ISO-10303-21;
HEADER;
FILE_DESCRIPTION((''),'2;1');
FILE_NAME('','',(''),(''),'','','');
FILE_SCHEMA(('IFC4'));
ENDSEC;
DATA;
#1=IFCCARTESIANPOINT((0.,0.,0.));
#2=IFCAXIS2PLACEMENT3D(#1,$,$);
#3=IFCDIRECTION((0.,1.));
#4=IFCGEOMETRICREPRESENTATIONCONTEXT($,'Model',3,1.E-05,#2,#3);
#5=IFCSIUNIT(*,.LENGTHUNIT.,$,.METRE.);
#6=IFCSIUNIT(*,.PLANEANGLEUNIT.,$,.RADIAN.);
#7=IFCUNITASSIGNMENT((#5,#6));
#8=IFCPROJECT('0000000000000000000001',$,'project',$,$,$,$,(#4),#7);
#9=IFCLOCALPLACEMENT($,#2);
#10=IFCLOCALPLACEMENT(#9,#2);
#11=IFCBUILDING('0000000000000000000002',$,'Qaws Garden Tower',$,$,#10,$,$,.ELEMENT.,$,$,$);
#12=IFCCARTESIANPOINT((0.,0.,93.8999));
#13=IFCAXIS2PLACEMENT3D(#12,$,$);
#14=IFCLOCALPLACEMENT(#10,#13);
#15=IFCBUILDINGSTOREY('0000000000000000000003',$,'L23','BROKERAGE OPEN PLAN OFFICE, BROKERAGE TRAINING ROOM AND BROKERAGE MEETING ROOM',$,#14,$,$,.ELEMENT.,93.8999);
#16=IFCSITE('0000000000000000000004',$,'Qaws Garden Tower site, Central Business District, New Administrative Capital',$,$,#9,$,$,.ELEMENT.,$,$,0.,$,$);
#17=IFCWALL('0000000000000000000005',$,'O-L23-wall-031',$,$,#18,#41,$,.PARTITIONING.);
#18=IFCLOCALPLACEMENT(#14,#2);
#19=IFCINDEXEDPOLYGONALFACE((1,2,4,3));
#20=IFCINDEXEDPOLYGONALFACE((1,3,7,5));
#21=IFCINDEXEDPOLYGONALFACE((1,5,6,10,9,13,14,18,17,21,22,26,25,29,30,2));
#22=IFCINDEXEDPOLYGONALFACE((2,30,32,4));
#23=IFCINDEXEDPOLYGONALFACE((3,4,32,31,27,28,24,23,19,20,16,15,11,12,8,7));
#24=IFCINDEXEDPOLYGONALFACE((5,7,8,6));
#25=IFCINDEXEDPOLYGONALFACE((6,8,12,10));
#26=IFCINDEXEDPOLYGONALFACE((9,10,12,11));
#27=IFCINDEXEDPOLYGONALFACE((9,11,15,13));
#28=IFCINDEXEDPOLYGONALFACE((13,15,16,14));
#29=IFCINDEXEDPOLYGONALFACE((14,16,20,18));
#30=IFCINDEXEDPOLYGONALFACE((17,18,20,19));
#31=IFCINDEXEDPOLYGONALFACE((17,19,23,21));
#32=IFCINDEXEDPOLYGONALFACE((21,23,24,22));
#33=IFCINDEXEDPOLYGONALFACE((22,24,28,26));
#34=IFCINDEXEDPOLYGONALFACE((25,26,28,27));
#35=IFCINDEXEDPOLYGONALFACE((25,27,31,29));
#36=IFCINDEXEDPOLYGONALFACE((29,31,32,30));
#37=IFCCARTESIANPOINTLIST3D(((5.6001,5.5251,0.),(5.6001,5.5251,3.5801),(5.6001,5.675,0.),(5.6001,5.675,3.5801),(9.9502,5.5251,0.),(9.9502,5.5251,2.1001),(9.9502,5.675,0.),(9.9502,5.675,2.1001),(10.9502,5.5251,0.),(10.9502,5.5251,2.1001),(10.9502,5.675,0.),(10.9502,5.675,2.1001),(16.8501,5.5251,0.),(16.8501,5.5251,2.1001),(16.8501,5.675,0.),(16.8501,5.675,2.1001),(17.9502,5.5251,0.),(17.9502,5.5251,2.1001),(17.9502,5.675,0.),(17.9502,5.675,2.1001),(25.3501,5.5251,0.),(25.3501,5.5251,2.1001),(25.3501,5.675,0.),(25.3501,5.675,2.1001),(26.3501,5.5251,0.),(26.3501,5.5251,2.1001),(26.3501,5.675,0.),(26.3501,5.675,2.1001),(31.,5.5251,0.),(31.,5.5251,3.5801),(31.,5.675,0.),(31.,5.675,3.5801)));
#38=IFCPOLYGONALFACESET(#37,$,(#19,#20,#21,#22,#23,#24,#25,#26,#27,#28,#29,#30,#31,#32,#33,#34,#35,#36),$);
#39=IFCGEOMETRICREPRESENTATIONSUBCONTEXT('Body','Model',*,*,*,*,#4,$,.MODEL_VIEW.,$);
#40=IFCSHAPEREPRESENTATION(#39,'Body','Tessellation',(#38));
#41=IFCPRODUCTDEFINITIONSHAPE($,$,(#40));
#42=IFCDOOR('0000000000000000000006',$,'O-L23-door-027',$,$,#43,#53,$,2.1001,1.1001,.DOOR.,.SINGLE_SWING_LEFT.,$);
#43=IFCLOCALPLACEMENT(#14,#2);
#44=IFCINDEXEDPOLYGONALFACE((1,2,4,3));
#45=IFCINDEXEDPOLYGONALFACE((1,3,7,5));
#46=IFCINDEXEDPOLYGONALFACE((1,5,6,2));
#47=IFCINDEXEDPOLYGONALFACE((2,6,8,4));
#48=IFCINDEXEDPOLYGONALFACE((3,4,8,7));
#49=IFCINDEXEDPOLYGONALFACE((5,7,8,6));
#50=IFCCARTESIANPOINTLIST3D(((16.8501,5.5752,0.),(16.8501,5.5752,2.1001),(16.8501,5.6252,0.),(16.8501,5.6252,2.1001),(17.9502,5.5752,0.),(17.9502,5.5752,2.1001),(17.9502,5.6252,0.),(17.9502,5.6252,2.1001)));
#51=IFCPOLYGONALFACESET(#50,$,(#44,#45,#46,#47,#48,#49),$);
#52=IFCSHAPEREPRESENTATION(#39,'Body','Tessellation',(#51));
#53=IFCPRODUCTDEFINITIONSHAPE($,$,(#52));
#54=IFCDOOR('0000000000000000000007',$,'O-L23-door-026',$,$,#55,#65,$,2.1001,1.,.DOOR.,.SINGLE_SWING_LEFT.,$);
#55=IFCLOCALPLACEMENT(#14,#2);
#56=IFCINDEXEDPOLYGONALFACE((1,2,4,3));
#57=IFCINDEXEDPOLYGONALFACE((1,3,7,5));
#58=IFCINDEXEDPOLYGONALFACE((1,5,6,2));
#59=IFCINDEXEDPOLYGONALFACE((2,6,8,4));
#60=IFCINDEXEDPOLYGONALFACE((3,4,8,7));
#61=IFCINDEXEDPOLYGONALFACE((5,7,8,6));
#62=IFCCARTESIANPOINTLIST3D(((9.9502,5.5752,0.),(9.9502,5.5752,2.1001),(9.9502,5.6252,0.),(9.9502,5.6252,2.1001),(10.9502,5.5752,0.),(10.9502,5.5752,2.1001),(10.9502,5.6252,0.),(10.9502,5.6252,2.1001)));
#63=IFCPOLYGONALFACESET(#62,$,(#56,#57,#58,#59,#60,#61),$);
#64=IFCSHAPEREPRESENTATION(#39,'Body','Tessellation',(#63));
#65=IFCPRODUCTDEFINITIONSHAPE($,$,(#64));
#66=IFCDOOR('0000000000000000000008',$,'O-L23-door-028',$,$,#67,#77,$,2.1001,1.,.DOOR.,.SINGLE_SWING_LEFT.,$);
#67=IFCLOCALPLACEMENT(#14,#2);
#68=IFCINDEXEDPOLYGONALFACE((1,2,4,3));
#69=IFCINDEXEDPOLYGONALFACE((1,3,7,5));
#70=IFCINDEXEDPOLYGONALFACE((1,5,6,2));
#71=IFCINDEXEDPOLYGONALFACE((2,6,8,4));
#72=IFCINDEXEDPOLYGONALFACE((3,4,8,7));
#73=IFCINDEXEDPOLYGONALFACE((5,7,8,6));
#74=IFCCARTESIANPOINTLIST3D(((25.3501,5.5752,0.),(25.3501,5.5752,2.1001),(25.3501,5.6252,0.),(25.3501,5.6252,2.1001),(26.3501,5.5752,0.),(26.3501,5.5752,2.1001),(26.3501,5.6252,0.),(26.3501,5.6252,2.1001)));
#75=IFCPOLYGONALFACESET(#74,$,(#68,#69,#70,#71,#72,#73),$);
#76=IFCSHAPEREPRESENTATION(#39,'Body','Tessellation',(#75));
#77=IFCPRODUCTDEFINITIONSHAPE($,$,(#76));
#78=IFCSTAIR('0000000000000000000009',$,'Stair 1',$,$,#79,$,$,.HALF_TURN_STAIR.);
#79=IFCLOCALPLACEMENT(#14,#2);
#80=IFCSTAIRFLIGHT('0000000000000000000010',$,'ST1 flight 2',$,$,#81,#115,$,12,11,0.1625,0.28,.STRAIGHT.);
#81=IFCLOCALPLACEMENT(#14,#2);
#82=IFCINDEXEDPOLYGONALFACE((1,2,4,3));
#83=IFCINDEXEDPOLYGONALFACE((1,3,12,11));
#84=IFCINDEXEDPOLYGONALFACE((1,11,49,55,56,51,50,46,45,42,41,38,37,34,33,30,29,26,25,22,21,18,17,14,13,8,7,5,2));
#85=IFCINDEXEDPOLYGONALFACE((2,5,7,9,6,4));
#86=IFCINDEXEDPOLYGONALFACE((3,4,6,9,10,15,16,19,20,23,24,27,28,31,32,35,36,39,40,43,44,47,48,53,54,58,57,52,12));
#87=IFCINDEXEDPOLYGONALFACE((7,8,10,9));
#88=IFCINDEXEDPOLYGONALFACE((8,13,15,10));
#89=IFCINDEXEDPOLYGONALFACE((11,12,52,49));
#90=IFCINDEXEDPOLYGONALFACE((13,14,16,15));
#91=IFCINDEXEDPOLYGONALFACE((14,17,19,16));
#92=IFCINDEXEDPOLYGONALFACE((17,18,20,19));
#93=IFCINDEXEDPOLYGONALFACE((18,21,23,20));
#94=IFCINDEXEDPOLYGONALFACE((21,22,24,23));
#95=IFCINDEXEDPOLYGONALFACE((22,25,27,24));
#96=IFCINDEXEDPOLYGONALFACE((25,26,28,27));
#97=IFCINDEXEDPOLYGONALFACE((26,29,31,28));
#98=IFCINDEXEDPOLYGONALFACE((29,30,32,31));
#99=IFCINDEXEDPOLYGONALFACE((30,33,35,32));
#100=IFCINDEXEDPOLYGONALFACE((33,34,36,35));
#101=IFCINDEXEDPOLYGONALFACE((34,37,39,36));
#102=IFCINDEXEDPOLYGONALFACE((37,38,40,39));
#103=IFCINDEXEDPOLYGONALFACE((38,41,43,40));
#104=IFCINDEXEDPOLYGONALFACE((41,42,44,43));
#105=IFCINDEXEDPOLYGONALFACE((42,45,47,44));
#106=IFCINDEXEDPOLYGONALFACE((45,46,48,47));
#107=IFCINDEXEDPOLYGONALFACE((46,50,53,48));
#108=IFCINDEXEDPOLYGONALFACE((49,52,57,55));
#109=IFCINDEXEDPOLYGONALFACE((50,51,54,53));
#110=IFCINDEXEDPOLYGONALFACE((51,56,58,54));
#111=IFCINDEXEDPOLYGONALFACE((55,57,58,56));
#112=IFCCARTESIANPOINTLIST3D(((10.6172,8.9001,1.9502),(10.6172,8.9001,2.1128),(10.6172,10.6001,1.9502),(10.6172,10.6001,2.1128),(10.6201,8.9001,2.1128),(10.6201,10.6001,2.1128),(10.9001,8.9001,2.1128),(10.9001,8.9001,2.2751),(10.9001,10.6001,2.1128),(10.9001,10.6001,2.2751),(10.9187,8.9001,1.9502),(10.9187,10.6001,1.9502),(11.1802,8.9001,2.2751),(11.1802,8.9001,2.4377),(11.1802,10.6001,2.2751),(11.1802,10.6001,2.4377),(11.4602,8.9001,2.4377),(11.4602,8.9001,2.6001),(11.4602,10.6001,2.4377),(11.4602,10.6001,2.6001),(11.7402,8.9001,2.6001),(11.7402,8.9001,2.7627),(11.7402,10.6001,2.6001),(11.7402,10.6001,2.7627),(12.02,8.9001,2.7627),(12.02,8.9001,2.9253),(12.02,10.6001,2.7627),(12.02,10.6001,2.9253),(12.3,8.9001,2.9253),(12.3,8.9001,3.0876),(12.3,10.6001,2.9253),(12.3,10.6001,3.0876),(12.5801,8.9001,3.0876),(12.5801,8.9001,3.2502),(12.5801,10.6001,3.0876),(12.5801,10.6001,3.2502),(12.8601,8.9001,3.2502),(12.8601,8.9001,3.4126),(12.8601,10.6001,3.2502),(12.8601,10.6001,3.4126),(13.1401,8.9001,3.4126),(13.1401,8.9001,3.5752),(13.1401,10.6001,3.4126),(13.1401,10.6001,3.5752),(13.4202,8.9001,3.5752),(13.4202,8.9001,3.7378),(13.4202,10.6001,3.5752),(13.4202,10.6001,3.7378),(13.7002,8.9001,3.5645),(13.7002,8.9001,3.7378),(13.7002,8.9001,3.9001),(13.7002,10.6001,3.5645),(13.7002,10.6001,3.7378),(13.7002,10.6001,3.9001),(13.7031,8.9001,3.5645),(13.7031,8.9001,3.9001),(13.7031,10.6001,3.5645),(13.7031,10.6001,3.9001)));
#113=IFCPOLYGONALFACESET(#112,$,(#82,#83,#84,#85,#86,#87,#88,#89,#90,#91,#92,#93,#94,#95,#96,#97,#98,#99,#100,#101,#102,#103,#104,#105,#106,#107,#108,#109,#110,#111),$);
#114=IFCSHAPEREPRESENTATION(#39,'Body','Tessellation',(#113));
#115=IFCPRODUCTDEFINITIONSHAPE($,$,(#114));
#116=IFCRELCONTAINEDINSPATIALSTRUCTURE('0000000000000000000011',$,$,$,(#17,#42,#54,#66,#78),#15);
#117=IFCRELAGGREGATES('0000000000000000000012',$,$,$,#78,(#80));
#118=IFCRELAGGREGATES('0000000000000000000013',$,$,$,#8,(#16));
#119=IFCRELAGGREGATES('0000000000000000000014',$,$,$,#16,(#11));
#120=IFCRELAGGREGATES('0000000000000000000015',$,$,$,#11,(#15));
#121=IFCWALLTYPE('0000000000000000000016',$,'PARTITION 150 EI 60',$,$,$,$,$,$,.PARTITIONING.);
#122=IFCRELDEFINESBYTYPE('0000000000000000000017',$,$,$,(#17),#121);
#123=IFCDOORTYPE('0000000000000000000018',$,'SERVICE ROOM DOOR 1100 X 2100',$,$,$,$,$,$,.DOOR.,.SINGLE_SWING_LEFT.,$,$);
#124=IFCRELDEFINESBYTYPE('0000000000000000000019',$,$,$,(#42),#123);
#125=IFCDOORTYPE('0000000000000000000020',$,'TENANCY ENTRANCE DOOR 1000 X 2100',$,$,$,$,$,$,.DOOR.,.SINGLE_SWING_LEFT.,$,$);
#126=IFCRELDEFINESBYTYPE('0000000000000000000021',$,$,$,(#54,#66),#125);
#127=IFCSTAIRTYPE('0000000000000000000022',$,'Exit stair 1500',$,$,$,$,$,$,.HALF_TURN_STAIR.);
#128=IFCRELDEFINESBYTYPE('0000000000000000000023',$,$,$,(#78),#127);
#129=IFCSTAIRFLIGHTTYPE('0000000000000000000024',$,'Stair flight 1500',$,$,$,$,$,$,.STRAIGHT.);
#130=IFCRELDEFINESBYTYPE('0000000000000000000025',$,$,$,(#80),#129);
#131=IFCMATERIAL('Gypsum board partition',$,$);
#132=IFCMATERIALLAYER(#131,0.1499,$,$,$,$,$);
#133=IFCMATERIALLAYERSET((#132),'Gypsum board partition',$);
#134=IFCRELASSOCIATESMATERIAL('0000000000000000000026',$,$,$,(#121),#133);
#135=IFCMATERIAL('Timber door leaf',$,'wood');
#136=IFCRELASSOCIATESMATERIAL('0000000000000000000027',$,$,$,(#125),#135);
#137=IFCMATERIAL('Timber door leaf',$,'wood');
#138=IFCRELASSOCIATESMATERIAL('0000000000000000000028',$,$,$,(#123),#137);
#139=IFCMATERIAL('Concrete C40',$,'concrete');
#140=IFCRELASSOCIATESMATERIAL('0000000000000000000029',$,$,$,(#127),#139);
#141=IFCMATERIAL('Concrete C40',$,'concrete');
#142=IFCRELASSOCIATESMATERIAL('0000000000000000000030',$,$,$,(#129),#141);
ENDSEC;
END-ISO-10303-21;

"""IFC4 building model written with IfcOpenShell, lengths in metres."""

from ifc_helpers import new_model, si_unit, direction, frame, frame_2d, origin, place, context, subcontext, project, spatial, polyline, rectangle, outline, extrude, material, layer, layer_set, type_object, element, fill, aggregate, save


model = new_model("IFC4")

# Units and contexts
model_context = context("Model", 3, precision=1e-05, world=origin(), true_north=direction((0.0, 1.0)))
body_context = subcontext(model_context, "Body", "Model", "MODEL_VIEW")
ifc_project = project(units=[si_unit("LENGTHUNIT", "METRE"), si_unit("PLANEANGLEUNIT", "RADIAN")], contexts=[model_context])

# Site, building, storey
site_placement = place(None, origin())
site = spatial("IfcSite", under=ifc_project, at=site_placement, Name="Qaws Garden Tower site, Central Business District, New Administrative Capital", CompositionType="ELEMENT", RefElevation=0.0)
building_placement = place(site_placement, origin())
building = spatial("IfcBuilding", under=site, at=building_placement, Name="Qaws Garden Tower", CompositionType="ELEMENT")
storey_placement = place(building_placement, frame((0.0, 0.0, 93.8999)))
storey = spatial("IfcBuildingStorey", under=building, at=storey_placement, Name="L23", Description="BROKERAGE OPEN PLAN OFFICE, BROKERAGE TRAINING ROOM AND BROKERAGE MEETING ROOM", CompositionType="ELEMENT", Elevation=93.8999)

# Wall, openings, doors
ifc_material_1 = material(Name="Gypsum board partition")
ifc_layer_1 = layer(ifc_material_1, 0.1499)
ifc_layer_set_1 = layer_set([ifc_layer_1], Name="Gypsum board partition")
wall_type_1 = type_object("IfcWallType", Name="PARTITION 150 EI 60", PredefinedType="PARTITIONING", material=ifc_layer_set_1)
ifc_material_2 = material(Name="Timber door leaf", Category="wood")
door_type_1 = type_object("IfcDoorType", Name="TENANCY ENTRANCE DOOR 1000 X 2100", OperationType="SINGLE_SWING_LEFT", PredefinedType="DOOR", material=ifc_material_2)
wall_1_placement = place(storey_placement, frame((5.6001, 5.6001, 0.0), z_axis=(0.0, 0.0, 1.0), x_axis=(1.0, 0.0, 0.0)))
wall_1 = element("IfcWall", 1, at=wall_1_placement, inside=storey, type_object=wall_type_1, Name="O-L23-wall-031", PredefinedType="PARTITIONING", context=body_context, shape_type="SweptSolid", body=[
    extrude(rectangle(XDim=25.3999, YDim=0.1499, at=frame_2d((12.7, 0.0))), origin(), (0.0, 0.0, 1.0), 3.5801),
])
opening_1_placement = place(wall_1_placement, frame((4.3501, 0.0, 0.0)))
opening_1 = element("IfcOpeningElement", 2, at=opening_1_placement, cuts=wall_1, PredefinedType="OPENING", context=body_context, shape_type="SweptSolid", body=[
    extrude(rectangle(XDim=1.0, YDim=2.1001, at=frame_2d((0.5, 1.05))), frame((0.0, 0.085, 0.0), z_axis=(0.0, -1.0, 0.0), x_axis=(1.0, 0.0, 0.0)), (0.0, 0.0, 1.0), 0.1699),
])
opening_2_placement = place(wall_1_placement, frame((11.25, 0.0, 0.0)))
opening_2 = element("IfcOpeningElement", 3, at=opening_2_placement, cuts=wall_1, PredefinedType="OPENING", context=body_context, shape_type="SweptSolid", body=[
    extrude(rectangle(XDim=1.1001, YDim=2.1001, at=frame_2d((0.55, 1.05))), frame((0.0, 0.085, 0.0), z_axis=(0.0, -1.0, 0.0), x_axis=(1.0, 0.0, 0.0)), (0.0, 0.0, 1.0), 0.1699),
])
opening_3_placement = place(wall_1_placement, frame((19.75, 0.0, 0.0)))
opening_3 = element("IfcOpeningElement", 4, at=opening_3_placement, cuts=wall_1, PredefinedType="OPENING", context=body_context, shape_type="SweptSolid", body=[
    extrude(rectangle(XDim=1.0, YDim=2.1001, at=frame_2d((0.5, 1.05))), frame((0.0, 0.085, 0.0), z_axis=(0.0, -1.0, 0.0), x_axis=(1.0, 0.0, 0.0)), (0.0, 0.0, 1.0), 0.1699),
])
ifc_material_3 = material(Name="Timber door leaf", Category="wood")
door_type_2 = type_object("IfcDoorType", Name="SERVICE ROOM DOOR 1100 X 2100", OperationType="SINGLE_SWING_LEFT", PredefinedType="DOOR", material=ifc_material_3)
door_1_placement = place(opening_2_placement, frame((1.1001, 0.0, 0.0), z_axis=(0.0, 0.0, 1.0), x_axis=(-1.0, 0.0, 0.0)))
door_1 = element("IfcDoor", 5, at=door_1_placement, inside=storey, type_object=door_type_2, Name="O-L23-door-027", OperationType="SINGLE_SWING_LEFT", OverallHeight=2.1001, OverallWidth=1.1001, PredefinedType="DOOR", context=body_context, shape_type="SweptSolid", body=[
    extrude(rectangle(XDim=1.1001, YDim=2.1001, at=frame_2d((0.55, 1.05))), frame((0.0, 0.0249, 0.0), z_axis=(0.0, -1.0, 0.0), x_axis=(1.0, 0.0, 0.0)), (0.0, 0.0, 1.0), 0.05),
])
fill(opening_2, door_1)
door_2_placement = place(opening_1_placement, frame((1.0, 0.0, 0.0), z_axis=(0.0, 0.0, 1.0), x_axis=(-1.0, 0.0, 0.0)))
door_2 = element("IfcDoor", 6, at=door_2_placement, inside=storey, type_object=door_type_1, Name="O-L23-door-026", OperationType="SINGLE_SWING_LEFT", OverallHeight=2.1001, OverallWidth=1.0, PredefinedType="DOOR", context=body_context, shape_type="SweptSolid", body=[
    extrude(rectangle(XDim=1.0, YDim=2.1001, at=frame_2d((0.5, 1.05))), frame((0.0, 0.0249, 0.0), z_axis=(0.0, -1.0, 0.0), x_axis=(1.0, 0.0, 0.0)), (0.0, 0.0, 1.0), 0.05),
])
fill(opening_1, door_2)
door_3_placement = place(opening_3_placement, frame((1.0, 0.0, 0.0), z_axis=(0.0, 0.0, 1.0), x_axis=(-1.0, 0.0, 0.0)))
door_3 = element("IfcDoor", 7, at=door_3_placement, inside=storey, type_object=door_type_1, Name="O-L23-door-028", OperationType="SINGLE_SWING_LEFT", OverallHeight=2.1001, OverallWidth=1.0, PredefinedType="DOOR", context=body_context, shape_type="SweptSolid", body=[
    extrude(rectangle(XDim=1.0, YDim=2.1001, at=frame_2d((0.5, 1.05))), frame((0.0, 0.0249, 0.0), z_axis=(0.0, -1.0, 0.0), x_axis=(1.0, 0.0, 0.0)), (0.0, 0.0, 1.0), 0.05),
])
fill(opening_3, door_3)

# Stair, stair flight
ifc_material_4 = material(Name="Concrete C40", Category="concrete")
stair_type = type_object("IfcStairType", Name="Exit stair 1500", PredefinedType="HALF_TURN_STAIR", material=ifc_material_4)
stair_placement = place(storey_placement, origin())
stair = element("IfcStair", 8, at=stair_placement, inside=storey, type_object=stair_type, Name="Stair 1", PredefinedType="HALF_TURN_STAIR")
ifc_material_5 = material(Name="Concrete C40", Category="concrete")
stair_flight_type = type_object("IfcStairFlightType", Name="Stair flight 1500", PredefinedType="STRAIGHT", material=ifc_material_5)
stair_flight_placement = place(storey_placement, frame((10.6201, 9.75, 1.9502), z_axis=(0.0, 0.0, 1.0), x_axis=(1.0, 0.0, 0.0)))
stair_flight = element("IfcStairFlight", 9, at=stair_flight_placement, type_object=stair_flight_type, Name="ST1 flight 2", NumberOfRisers=12, NumberOfTreads=11, PredefinedType="STRAIGHT", RiserHeight=0.1625, TreadLength=0.28, context=body_context, shape_type="SweptSolid", body=[
    extrude(outline(polyline([(-0.0029, 0.0), (-0.0029, 0.1626), (0.0, 0.1626), (0.28, 0.1626), (0.28, 0.325), (0.5601, 0.325), (0.5601, 0.4875), (0.8401, 0.4875), (0.8401, 0.6499), (1.1201, 0.6499), (1.1201, 0.8125), (1.3999, 0.8125), (1.3999, 0.9751), (1.6799, 0.9751), (1.6799, 1.1375), (1.96, 1.1375), (1.96, 1.3), (2.24, 1.3), (2.24, 1.4624), (2.52, 1.4624), (2.52, 1.625), (2.8, 1.625), (2.8, 1.7876), (3.0801, 1.7876), (3.0801, 1.95), (3.083, 1.95), (3.083, 1.6143), (3.0801, 1.6143), (0.2986, 0.0), (-0.0029, 0.0)])), frame((0.0, 0.8501, 0.0), z_axis=(0.0, -1.0, 0.0), x_axis=(1.0, 0.0, 0.0)), (0.0, 0.0, 1.0), 1.7),
])
aggregate(stair, [stair_flight])

save(model, "model.ifc")
